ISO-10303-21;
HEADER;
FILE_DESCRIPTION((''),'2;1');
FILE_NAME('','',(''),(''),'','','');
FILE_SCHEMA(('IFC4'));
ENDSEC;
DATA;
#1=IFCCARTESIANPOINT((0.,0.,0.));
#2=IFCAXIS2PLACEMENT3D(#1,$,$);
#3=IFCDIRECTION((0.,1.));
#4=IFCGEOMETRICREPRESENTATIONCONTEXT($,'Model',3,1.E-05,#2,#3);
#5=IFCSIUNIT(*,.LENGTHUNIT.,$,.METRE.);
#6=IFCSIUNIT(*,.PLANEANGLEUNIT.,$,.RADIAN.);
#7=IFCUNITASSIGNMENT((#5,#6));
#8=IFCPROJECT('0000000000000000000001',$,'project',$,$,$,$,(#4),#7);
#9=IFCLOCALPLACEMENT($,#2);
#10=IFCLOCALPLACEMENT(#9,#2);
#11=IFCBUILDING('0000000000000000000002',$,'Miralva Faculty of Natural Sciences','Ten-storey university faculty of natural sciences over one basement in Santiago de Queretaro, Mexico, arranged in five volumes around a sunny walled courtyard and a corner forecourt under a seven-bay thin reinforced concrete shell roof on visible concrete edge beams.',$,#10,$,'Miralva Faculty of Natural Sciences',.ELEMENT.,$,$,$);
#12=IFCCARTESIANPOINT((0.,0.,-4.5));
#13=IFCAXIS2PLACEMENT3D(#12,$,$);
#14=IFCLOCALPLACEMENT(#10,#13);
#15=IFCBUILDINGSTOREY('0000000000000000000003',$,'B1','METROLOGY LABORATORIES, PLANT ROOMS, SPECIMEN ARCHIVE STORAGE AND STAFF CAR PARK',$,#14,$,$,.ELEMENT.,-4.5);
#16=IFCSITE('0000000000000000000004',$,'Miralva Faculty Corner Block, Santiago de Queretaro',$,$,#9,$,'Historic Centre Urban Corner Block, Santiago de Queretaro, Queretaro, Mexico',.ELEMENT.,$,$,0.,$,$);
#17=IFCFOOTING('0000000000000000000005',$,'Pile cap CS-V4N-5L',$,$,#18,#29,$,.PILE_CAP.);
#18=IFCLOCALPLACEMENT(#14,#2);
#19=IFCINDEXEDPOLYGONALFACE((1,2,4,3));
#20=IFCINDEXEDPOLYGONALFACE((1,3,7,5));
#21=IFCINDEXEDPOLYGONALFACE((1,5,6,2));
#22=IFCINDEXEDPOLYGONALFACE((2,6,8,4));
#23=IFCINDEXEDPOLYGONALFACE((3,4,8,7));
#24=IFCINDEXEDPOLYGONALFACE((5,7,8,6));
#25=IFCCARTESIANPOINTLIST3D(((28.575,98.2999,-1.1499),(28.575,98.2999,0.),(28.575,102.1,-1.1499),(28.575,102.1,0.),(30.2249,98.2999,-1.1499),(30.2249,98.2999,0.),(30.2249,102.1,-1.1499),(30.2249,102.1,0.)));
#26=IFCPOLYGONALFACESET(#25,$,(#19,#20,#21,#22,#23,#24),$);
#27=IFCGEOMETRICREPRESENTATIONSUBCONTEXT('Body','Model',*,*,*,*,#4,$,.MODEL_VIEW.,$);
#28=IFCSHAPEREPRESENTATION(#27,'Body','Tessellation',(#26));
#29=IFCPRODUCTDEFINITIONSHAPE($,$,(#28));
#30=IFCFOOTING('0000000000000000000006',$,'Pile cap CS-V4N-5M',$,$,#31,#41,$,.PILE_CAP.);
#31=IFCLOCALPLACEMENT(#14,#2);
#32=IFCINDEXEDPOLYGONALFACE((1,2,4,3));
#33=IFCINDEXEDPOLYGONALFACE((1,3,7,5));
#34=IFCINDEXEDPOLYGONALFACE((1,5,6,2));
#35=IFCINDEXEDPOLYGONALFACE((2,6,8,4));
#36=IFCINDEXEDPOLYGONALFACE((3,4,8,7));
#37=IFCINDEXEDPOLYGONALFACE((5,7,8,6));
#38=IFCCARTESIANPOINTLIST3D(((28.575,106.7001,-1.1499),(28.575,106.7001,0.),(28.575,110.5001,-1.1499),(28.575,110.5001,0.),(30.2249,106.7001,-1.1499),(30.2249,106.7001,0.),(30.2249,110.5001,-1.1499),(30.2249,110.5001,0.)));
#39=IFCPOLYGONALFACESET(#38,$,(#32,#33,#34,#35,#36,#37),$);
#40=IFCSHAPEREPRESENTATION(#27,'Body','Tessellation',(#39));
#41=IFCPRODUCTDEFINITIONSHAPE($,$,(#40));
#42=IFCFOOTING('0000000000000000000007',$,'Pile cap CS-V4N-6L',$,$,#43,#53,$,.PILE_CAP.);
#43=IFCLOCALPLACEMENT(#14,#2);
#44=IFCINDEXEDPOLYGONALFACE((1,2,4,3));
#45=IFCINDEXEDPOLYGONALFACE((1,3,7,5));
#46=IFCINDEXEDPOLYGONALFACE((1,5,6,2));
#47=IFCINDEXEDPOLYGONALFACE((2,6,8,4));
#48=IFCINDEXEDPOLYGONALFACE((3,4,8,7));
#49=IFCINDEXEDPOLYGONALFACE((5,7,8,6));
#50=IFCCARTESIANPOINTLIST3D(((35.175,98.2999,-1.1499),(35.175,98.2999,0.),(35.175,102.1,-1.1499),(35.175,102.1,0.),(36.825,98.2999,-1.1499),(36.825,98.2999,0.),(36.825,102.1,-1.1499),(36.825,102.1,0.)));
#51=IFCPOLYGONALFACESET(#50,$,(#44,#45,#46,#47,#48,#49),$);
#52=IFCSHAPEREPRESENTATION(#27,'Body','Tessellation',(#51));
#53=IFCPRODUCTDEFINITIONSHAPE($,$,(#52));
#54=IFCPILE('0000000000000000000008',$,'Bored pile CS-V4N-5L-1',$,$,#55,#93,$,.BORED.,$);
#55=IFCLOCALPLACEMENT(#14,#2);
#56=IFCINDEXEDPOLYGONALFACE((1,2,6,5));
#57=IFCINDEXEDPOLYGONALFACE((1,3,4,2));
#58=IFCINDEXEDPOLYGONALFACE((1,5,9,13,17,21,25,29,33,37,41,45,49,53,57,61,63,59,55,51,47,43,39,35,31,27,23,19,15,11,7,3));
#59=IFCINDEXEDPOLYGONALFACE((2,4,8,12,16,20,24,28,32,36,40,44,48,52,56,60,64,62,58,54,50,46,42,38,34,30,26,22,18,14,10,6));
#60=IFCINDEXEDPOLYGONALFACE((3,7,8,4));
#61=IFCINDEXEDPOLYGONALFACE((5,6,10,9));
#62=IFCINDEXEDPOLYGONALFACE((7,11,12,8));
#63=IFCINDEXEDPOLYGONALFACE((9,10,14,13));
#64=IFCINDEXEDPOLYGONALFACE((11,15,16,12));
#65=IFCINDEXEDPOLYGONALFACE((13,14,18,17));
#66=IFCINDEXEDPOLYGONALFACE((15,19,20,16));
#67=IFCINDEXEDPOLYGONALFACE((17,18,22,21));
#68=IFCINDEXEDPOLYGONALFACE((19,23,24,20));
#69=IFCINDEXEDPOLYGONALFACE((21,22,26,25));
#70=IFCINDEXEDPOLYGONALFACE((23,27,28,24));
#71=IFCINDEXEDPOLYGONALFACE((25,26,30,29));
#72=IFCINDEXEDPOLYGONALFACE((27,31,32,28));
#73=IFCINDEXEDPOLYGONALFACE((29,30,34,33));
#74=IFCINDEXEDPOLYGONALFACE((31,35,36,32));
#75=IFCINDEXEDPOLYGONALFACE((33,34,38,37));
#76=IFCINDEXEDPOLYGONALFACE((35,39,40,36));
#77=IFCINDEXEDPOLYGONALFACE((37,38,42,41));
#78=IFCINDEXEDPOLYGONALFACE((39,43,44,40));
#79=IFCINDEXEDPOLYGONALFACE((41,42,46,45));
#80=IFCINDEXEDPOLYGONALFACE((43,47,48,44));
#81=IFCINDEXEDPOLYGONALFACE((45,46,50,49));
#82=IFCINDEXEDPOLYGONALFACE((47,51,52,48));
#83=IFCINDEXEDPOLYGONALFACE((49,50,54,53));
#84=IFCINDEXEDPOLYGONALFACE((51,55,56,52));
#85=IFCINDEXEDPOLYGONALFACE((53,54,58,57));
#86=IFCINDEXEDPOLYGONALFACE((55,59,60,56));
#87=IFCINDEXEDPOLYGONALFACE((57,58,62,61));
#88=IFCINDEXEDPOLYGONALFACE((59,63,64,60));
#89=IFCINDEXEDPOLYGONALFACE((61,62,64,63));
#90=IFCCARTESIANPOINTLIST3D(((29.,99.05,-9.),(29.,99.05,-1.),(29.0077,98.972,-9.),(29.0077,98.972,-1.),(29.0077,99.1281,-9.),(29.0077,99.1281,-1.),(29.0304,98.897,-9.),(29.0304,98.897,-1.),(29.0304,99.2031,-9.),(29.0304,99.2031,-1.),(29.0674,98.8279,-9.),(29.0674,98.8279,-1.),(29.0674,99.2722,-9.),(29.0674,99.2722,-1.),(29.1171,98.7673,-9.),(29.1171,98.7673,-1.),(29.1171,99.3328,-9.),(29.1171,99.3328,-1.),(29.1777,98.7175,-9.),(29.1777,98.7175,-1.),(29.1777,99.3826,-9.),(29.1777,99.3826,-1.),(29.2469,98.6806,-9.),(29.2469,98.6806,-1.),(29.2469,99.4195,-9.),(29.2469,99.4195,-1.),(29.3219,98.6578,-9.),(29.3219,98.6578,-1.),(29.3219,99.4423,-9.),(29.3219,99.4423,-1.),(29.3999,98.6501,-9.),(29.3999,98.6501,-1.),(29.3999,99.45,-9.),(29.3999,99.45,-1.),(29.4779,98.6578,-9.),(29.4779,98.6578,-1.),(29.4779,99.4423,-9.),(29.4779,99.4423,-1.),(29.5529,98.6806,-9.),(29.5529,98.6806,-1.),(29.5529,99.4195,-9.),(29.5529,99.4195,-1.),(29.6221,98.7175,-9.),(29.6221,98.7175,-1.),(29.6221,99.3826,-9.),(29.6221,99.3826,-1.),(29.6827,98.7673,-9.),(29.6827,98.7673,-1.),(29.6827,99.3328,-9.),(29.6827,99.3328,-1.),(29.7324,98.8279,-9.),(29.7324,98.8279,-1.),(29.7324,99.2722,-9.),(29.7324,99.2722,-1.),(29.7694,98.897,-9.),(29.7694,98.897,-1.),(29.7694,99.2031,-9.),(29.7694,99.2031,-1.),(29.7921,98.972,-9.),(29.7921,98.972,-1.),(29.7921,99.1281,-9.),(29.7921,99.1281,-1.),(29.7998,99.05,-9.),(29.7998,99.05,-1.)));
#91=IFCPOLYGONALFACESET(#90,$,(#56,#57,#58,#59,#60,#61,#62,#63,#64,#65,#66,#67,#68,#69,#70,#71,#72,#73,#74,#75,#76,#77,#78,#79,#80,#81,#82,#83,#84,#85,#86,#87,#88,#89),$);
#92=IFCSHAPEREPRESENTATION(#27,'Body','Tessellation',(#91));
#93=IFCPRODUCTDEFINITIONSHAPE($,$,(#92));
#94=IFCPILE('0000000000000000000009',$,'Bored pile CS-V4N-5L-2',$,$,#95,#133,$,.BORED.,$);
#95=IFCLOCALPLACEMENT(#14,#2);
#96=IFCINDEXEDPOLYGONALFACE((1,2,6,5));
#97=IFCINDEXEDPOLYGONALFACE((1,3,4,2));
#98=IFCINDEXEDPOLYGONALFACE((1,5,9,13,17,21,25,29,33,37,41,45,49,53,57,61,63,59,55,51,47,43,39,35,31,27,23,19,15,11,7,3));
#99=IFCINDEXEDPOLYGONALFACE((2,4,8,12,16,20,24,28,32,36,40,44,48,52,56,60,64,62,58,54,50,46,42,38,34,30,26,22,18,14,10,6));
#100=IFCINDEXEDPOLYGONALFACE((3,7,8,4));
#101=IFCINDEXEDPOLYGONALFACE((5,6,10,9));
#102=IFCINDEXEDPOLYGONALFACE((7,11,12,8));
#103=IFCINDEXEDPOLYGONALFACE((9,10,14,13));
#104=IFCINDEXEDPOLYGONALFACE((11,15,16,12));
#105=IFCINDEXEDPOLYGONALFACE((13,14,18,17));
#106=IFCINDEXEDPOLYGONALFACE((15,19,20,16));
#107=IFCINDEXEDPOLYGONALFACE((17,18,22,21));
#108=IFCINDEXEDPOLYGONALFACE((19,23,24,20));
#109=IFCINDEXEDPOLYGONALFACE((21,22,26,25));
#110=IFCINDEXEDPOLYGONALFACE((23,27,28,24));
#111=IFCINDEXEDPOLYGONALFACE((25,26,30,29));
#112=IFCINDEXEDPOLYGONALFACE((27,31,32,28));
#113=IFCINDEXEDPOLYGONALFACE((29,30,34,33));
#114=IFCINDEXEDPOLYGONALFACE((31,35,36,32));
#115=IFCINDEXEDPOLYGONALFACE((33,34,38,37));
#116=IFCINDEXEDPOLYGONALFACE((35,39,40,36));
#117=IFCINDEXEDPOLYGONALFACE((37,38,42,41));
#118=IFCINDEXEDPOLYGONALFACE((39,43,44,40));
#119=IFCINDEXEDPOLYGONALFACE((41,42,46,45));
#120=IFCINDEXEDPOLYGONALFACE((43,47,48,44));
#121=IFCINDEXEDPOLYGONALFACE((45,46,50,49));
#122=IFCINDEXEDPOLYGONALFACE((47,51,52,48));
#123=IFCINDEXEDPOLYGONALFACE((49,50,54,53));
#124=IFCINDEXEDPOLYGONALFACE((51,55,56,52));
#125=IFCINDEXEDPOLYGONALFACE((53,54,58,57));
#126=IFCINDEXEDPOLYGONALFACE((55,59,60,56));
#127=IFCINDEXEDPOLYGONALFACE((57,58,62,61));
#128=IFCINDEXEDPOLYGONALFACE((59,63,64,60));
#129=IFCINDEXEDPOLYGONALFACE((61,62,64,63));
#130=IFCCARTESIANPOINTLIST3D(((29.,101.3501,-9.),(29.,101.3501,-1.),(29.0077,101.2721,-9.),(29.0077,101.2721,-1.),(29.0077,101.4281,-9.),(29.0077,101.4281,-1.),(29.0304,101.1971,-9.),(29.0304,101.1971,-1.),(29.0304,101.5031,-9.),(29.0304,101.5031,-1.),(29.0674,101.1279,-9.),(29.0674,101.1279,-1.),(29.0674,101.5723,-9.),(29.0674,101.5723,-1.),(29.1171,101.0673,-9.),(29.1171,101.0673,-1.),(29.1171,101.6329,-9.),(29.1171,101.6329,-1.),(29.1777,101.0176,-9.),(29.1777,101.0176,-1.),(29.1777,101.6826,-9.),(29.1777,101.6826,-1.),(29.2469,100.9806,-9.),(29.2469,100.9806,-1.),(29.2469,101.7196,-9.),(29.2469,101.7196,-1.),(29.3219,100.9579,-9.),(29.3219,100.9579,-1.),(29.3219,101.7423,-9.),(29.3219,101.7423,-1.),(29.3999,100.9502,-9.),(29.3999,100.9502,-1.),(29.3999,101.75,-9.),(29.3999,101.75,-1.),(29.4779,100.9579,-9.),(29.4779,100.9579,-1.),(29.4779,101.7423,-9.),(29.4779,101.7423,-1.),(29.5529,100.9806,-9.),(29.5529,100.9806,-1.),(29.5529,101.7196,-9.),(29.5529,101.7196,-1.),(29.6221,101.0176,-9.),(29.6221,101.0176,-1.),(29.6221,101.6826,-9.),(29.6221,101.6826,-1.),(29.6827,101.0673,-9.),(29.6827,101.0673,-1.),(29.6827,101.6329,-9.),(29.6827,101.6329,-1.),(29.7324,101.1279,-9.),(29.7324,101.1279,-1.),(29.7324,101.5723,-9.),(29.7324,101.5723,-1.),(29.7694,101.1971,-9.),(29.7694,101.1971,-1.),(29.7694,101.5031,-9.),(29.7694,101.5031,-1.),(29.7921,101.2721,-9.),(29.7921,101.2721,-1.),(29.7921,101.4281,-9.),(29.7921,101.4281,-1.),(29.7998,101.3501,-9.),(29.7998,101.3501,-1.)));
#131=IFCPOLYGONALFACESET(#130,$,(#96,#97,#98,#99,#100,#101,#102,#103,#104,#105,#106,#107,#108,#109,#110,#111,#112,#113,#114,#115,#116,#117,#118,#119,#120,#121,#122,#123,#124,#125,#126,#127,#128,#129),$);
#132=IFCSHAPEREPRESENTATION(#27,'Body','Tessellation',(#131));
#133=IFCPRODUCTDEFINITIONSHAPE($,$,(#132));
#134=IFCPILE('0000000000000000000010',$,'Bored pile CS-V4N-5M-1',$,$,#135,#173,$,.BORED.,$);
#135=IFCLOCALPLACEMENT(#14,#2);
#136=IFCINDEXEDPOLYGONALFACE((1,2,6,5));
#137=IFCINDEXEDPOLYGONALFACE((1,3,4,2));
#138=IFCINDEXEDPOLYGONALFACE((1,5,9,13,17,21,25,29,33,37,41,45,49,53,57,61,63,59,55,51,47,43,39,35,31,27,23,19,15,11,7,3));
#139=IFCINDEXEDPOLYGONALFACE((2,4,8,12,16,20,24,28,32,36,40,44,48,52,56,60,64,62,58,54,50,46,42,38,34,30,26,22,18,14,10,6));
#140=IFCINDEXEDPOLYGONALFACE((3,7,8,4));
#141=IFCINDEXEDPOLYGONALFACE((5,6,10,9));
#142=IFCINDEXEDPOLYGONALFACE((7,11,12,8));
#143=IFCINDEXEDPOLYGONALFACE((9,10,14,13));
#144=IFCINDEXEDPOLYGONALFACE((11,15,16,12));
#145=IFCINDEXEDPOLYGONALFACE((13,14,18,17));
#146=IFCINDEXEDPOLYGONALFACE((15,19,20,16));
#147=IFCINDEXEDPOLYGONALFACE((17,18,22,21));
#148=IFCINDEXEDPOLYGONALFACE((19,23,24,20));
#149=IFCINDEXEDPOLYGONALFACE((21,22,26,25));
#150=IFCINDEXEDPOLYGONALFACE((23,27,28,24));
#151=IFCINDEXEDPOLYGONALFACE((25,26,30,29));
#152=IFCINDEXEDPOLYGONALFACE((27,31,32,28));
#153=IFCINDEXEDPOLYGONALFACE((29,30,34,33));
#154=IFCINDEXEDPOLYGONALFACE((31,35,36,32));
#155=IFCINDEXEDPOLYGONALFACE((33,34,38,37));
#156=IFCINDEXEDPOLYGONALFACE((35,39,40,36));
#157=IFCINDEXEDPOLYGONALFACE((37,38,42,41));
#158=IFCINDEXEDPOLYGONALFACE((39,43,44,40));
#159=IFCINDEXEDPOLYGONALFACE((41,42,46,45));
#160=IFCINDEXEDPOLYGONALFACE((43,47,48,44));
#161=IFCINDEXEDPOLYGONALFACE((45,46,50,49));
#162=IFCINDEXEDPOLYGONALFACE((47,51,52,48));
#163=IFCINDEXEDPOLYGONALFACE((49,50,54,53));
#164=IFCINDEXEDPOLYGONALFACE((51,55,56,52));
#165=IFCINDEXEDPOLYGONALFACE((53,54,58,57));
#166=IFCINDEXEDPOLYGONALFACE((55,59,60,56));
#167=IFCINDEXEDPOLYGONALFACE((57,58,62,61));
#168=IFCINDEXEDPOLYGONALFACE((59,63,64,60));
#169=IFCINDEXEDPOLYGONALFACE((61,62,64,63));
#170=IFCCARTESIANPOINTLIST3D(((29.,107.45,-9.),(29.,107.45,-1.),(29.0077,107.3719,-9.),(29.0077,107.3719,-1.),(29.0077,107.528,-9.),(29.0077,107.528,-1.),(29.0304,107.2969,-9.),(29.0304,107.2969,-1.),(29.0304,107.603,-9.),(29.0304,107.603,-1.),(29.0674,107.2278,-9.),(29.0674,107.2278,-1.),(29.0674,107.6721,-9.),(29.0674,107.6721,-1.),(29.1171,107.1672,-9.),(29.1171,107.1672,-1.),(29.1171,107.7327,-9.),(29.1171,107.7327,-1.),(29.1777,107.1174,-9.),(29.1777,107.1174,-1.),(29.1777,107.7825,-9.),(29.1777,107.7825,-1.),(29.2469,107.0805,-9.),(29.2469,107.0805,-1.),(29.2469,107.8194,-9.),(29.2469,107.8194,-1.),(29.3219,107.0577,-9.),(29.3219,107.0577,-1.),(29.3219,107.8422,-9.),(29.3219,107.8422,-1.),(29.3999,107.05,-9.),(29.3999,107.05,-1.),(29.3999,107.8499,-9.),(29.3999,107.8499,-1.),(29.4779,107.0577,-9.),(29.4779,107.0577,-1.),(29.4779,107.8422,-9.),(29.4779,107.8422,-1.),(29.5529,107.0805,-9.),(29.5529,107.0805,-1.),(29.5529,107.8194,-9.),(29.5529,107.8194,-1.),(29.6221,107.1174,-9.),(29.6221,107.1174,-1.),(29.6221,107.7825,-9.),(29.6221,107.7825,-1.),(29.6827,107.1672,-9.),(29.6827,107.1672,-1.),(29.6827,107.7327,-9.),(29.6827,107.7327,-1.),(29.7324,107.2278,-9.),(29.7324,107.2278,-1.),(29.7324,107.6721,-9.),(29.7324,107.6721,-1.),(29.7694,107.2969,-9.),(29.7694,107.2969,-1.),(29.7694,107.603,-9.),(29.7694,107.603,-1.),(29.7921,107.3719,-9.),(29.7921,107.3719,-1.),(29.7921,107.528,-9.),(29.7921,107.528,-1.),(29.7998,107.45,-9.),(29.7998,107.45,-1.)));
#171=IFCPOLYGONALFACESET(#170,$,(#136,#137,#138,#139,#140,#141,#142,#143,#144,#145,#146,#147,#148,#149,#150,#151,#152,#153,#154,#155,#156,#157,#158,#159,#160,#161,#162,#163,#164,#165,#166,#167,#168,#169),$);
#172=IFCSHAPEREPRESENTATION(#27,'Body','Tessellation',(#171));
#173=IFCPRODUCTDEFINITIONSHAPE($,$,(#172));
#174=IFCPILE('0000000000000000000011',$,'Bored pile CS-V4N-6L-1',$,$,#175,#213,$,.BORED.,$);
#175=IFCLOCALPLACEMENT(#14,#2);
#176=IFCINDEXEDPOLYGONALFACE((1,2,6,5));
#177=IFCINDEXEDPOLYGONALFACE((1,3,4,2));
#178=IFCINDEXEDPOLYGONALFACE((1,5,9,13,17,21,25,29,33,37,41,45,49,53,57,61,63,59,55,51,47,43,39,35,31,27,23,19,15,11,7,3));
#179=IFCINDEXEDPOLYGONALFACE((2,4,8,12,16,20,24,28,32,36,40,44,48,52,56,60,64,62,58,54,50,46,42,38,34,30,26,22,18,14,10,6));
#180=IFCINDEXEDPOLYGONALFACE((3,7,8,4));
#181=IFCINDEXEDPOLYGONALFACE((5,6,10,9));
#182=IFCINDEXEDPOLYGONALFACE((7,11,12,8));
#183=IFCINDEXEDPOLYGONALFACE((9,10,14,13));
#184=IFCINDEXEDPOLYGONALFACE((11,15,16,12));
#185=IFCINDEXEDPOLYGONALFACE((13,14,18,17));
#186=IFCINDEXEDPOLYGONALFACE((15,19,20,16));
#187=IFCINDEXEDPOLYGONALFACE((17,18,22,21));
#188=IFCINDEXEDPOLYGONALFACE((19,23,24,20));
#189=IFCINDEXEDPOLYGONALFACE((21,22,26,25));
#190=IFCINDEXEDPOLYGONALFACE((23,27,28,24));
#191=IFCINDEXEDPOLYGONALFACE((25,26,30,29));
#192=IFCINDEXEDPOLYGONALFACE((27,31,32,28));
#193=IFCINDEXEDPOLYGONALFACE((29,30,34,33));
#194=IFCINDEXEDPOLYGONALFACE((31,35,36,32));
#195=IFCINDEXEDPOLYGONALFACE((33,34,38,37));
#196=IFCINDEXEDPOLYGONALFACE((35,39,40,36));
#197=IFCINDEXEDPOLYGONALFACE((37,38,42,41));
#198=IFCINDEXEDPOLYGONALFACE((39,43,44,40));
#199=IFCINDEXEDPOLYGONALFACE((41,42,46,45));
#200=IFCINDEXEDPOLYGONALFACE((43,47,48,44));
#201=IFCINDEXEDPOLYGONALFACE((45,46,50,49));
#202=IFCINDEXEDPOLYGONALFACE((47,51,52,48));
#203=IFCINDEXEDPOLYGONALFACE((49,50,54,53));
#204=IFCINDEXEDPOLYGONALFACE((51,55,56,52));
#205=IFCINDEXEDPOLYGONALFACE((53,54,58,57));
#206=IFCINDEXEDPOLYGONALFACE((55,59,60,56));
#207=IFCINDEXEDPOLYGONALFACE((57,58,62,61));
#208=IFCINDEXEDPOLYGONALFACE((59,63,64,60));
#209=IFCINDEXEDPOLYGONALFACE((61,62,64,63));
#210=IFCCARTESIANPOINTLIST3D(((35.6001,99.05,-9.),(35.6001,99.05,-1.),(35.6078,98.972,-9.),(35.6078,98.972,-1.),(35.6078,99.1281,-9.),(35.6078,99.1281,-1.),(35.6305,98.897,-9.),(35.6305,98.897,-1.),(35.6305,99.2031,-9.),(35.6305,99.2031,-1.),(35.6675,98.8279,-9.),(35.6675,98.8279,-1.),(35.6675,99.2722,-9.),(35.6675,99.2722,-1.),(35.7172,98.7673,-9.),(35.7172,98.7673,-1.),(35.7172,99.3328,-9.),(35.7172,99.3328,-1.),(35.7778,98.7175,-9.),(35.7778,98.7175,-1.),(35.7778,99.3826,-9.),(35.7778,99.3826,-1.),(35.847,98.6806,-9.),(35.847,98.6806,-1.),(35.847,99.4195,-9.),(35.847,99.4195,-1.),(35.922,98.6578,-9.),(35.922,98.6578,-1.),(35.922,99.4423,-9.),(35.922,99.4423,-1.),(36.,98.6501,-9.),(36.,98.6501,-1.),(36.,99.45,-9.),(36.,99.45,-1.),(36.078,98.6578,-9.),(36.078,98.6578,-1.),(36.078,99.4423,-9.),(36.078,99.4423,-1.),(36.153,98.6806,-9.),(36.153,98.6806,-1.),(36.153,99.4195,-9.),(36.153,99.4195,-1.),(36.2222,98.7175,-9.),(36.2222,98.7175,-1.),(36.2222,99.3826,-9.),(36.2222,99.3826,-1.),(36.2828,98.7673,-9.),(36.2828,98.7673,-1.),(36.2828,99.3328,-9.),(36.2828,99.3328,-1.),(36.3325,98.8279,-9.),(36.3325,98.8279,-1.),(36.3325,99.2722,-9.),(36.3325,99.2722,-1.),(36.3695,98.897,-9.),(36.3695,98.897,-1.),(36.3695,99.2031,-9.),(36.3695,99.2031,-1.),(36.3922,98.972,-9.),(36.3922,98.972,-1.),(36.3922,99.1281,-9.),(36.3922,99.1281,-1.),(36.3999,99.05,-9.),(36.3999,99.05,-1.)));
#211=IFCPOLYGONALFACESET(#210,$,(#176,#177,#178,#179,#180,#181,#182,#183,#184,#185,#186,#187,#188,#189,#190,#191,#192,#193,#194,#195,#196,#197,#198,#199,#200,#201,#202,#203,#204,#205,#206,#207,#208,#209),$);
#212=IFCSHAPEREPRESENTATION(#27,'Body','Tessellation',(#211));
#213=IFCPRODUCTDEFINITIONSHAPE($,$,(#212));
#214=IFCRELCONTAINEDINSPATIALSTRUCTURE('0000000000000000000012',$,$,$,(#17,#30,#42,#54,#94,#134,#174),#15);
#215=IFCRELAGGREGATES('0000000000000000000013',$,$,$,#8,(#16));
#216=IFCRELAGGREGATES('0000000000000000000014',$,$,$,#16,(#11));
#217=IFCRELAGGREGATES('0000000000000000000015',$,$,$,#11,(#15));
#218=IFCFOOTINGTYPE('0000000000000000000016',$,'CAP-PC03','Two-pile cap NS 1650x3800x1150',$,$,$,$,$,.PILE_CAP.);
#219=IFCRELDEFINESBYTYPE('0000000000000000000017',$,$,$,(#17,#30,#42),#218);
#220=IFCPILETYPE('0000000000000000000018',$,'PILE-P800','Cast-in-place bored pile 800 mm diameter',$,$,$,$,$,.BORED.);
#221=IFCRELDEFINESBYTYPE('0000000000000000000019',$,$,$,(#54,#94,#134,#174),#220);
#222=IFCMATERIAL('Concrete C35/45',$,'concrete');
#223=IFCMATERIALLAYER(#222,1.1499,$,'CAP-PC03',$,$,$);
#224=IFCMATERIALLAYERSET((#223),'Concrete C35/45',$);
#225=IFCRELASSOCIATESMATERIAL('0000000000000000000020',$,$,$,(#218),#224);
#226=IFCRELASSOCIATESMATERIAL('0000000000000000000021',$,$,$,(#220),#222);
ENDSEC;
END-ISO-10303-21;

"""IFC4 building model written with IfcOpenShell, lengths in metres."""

from ifc_helpers import new_model, si_unit, direction, frame, origin, origin_2d, place, context, subcontext, project, spatial, rectangle, circle, extrude, material, layer, layer_set, material_profile, profile_set, type_object, element, save


model = new_model("IFC4")

# Units and contexts
model_context = context("Model", 3, precision=1e-05, world=origin(), true_north=direction((0.0, 1.0)))
body_context = subcontext(model_context, "Body", "Model", "MODEL_VIEW")
ifc_project = project(units=[si_unit("LENGTHUNIT", "METRE"), si_unit("PLANEANGLEUNIT", "RADIAN")], contexts=[model_context])

# Site, building, storey
site_placement = place(None, origin())
site = spatial("IfcSite", under=ifc_project, at=site_placement, Name="Miralva Faculty Corner Block, Santiago de Queretaro", LongName="Historic Centre Urban Corner Block, Santiago de Queretaro, Queretaro, Mexico", CompositionType="ELEMENT", RefElevation=0.0)
building_placement = place(site_placement, origin())
building = spatial("IfcBuilding", under=site, at=building_placement, Name="Miralva Faculty of Natural Sciences", Description="Ten-storey university faculty of natural sciences over one basement in Santiago de Queretaro, Mexico, arranged in five volumes around a sunny walled courtyard and a corner forecourt under a seven-bay thin reinforced concrete shell roof on visible concrete edge beams.", LongName="Miralva Faculty of Natural Sciences", CompositionType="ELEMENT")
storey_placement = place(building_placement, frame((0.0, 0.0, -4.5)))
storey = spatial("IfcBuildingStorey", under=building, at=storey_placement, Name="B1", Description="METROLOGY LABORATORIES, PLANT ROOMS, SPECIMEN ARCHIVE STORAGE AND STAFF CAR PARK", CompositionType="ELEMENT", Elevation=-4.5)

# Footings
ifc_material_1 = material(Name="Concrete C35/45", Category="concrete")
ifc_layer = layer(ifc_material_1, 1.1499, Name="CAP-PC03")
ifc_layer_set = layer_set([ifc_layer], Name="Concrete C35/45")
footing_type_1 = type_object("IfcFootingType", Name="CAP-PC03", Description="Two-pile cap NS 1650x3800x1150", PredefinedType="PILE_CAP", material=ifc_layer_set)
for number, where, z_axis, x_axis, name in (
    (1, (29.3999, 100.2, -1.1499), (0.0, 0.0, 1.0), (1.0, 0.0, 0.0), "Pile cap CS-V4N-5L"),
    (2, (29.3999, 108.6001, -1.1499), (0.0, 0.0, 1.0), (1.0, 0.0, 0.0), "Pile cap CS-V4N-5M"),
    (3, (36.0, 100.2, -1.1499), (0.0, 0.0, 1.0), (1.0, 0.0, 0.0), "Pile cap CS-V4N-6L"),
):
    element("IfcFooting", number, at=place(storey_placement, frame(where, z_axis=z_axis, x_axis=x_axis)), inside=storey, type_object=footing_type_1, Name=name, PredefinedType="PILE_CAP", context=body_context, shape_type="SweptSolid", body=[
        extrude(rectangle(XDim=1.6499, YDim=3.8, at=origin_2d()), origin(), (0.0, 0.0, 1.0), 1.1499),
    ])

# Piles
ifc_material_profile_1 = material_profile(ifc_material_1, circle(Radius=0.3999, at=origin_2d()), Name="BORED PILE 800")
ifc_profile_set_1 = profile_set([ifc_material_profile_1], Name="Concrete C35/45")
pile_type = type_object("IfcPileType", Name="PILE-P800", Description="Cast-in-place bored pile 800 mm diameter", PredefinedType="BORED", material=ifc_profile_set_1)
for number, where, z_axis, x_axis, name in (
    (4, (29.3999, 99.05, -1.0), (0.0, 0.0, -1.0), (1.0, 0.0, 0.0), "Bored pile CS-V4N-5L-1"),
    (5, (29.3999, 101.3501, -1.0), (0.0, 0.0, -1.0), (1.0, 0.0, 0.0), "Bored pile CS-V4N-5L-2"),
    (6, (29.3999, 107.45, -1.0), (0.0, 0.0, -1.0), (1.0, 0.0, 0.0), "Bored pile CS-V4N-5M-1"),
    (7, (36.0, 99.05, -1.0), (0.0, 0.0, -1.0), (1.0, 0.0, 0.0), "Bored pile CS-V4N-6L-1"),
):
    element("IfcPile", number, at=place(storey_placement, frame(where, z_axis=z_axis, x_axis=x_axis)), inside=storey, type_object=pile_type, Name=name, PredefinedType="BORED", context=body_context, shape_type="SweptSolid", body=[
        extrude(circle(Radius=0.3999, at=origin_2d()), origin(), (0.0, 0.0, 1.0), 8.0),
    ])

save(model, "model.ifc")
